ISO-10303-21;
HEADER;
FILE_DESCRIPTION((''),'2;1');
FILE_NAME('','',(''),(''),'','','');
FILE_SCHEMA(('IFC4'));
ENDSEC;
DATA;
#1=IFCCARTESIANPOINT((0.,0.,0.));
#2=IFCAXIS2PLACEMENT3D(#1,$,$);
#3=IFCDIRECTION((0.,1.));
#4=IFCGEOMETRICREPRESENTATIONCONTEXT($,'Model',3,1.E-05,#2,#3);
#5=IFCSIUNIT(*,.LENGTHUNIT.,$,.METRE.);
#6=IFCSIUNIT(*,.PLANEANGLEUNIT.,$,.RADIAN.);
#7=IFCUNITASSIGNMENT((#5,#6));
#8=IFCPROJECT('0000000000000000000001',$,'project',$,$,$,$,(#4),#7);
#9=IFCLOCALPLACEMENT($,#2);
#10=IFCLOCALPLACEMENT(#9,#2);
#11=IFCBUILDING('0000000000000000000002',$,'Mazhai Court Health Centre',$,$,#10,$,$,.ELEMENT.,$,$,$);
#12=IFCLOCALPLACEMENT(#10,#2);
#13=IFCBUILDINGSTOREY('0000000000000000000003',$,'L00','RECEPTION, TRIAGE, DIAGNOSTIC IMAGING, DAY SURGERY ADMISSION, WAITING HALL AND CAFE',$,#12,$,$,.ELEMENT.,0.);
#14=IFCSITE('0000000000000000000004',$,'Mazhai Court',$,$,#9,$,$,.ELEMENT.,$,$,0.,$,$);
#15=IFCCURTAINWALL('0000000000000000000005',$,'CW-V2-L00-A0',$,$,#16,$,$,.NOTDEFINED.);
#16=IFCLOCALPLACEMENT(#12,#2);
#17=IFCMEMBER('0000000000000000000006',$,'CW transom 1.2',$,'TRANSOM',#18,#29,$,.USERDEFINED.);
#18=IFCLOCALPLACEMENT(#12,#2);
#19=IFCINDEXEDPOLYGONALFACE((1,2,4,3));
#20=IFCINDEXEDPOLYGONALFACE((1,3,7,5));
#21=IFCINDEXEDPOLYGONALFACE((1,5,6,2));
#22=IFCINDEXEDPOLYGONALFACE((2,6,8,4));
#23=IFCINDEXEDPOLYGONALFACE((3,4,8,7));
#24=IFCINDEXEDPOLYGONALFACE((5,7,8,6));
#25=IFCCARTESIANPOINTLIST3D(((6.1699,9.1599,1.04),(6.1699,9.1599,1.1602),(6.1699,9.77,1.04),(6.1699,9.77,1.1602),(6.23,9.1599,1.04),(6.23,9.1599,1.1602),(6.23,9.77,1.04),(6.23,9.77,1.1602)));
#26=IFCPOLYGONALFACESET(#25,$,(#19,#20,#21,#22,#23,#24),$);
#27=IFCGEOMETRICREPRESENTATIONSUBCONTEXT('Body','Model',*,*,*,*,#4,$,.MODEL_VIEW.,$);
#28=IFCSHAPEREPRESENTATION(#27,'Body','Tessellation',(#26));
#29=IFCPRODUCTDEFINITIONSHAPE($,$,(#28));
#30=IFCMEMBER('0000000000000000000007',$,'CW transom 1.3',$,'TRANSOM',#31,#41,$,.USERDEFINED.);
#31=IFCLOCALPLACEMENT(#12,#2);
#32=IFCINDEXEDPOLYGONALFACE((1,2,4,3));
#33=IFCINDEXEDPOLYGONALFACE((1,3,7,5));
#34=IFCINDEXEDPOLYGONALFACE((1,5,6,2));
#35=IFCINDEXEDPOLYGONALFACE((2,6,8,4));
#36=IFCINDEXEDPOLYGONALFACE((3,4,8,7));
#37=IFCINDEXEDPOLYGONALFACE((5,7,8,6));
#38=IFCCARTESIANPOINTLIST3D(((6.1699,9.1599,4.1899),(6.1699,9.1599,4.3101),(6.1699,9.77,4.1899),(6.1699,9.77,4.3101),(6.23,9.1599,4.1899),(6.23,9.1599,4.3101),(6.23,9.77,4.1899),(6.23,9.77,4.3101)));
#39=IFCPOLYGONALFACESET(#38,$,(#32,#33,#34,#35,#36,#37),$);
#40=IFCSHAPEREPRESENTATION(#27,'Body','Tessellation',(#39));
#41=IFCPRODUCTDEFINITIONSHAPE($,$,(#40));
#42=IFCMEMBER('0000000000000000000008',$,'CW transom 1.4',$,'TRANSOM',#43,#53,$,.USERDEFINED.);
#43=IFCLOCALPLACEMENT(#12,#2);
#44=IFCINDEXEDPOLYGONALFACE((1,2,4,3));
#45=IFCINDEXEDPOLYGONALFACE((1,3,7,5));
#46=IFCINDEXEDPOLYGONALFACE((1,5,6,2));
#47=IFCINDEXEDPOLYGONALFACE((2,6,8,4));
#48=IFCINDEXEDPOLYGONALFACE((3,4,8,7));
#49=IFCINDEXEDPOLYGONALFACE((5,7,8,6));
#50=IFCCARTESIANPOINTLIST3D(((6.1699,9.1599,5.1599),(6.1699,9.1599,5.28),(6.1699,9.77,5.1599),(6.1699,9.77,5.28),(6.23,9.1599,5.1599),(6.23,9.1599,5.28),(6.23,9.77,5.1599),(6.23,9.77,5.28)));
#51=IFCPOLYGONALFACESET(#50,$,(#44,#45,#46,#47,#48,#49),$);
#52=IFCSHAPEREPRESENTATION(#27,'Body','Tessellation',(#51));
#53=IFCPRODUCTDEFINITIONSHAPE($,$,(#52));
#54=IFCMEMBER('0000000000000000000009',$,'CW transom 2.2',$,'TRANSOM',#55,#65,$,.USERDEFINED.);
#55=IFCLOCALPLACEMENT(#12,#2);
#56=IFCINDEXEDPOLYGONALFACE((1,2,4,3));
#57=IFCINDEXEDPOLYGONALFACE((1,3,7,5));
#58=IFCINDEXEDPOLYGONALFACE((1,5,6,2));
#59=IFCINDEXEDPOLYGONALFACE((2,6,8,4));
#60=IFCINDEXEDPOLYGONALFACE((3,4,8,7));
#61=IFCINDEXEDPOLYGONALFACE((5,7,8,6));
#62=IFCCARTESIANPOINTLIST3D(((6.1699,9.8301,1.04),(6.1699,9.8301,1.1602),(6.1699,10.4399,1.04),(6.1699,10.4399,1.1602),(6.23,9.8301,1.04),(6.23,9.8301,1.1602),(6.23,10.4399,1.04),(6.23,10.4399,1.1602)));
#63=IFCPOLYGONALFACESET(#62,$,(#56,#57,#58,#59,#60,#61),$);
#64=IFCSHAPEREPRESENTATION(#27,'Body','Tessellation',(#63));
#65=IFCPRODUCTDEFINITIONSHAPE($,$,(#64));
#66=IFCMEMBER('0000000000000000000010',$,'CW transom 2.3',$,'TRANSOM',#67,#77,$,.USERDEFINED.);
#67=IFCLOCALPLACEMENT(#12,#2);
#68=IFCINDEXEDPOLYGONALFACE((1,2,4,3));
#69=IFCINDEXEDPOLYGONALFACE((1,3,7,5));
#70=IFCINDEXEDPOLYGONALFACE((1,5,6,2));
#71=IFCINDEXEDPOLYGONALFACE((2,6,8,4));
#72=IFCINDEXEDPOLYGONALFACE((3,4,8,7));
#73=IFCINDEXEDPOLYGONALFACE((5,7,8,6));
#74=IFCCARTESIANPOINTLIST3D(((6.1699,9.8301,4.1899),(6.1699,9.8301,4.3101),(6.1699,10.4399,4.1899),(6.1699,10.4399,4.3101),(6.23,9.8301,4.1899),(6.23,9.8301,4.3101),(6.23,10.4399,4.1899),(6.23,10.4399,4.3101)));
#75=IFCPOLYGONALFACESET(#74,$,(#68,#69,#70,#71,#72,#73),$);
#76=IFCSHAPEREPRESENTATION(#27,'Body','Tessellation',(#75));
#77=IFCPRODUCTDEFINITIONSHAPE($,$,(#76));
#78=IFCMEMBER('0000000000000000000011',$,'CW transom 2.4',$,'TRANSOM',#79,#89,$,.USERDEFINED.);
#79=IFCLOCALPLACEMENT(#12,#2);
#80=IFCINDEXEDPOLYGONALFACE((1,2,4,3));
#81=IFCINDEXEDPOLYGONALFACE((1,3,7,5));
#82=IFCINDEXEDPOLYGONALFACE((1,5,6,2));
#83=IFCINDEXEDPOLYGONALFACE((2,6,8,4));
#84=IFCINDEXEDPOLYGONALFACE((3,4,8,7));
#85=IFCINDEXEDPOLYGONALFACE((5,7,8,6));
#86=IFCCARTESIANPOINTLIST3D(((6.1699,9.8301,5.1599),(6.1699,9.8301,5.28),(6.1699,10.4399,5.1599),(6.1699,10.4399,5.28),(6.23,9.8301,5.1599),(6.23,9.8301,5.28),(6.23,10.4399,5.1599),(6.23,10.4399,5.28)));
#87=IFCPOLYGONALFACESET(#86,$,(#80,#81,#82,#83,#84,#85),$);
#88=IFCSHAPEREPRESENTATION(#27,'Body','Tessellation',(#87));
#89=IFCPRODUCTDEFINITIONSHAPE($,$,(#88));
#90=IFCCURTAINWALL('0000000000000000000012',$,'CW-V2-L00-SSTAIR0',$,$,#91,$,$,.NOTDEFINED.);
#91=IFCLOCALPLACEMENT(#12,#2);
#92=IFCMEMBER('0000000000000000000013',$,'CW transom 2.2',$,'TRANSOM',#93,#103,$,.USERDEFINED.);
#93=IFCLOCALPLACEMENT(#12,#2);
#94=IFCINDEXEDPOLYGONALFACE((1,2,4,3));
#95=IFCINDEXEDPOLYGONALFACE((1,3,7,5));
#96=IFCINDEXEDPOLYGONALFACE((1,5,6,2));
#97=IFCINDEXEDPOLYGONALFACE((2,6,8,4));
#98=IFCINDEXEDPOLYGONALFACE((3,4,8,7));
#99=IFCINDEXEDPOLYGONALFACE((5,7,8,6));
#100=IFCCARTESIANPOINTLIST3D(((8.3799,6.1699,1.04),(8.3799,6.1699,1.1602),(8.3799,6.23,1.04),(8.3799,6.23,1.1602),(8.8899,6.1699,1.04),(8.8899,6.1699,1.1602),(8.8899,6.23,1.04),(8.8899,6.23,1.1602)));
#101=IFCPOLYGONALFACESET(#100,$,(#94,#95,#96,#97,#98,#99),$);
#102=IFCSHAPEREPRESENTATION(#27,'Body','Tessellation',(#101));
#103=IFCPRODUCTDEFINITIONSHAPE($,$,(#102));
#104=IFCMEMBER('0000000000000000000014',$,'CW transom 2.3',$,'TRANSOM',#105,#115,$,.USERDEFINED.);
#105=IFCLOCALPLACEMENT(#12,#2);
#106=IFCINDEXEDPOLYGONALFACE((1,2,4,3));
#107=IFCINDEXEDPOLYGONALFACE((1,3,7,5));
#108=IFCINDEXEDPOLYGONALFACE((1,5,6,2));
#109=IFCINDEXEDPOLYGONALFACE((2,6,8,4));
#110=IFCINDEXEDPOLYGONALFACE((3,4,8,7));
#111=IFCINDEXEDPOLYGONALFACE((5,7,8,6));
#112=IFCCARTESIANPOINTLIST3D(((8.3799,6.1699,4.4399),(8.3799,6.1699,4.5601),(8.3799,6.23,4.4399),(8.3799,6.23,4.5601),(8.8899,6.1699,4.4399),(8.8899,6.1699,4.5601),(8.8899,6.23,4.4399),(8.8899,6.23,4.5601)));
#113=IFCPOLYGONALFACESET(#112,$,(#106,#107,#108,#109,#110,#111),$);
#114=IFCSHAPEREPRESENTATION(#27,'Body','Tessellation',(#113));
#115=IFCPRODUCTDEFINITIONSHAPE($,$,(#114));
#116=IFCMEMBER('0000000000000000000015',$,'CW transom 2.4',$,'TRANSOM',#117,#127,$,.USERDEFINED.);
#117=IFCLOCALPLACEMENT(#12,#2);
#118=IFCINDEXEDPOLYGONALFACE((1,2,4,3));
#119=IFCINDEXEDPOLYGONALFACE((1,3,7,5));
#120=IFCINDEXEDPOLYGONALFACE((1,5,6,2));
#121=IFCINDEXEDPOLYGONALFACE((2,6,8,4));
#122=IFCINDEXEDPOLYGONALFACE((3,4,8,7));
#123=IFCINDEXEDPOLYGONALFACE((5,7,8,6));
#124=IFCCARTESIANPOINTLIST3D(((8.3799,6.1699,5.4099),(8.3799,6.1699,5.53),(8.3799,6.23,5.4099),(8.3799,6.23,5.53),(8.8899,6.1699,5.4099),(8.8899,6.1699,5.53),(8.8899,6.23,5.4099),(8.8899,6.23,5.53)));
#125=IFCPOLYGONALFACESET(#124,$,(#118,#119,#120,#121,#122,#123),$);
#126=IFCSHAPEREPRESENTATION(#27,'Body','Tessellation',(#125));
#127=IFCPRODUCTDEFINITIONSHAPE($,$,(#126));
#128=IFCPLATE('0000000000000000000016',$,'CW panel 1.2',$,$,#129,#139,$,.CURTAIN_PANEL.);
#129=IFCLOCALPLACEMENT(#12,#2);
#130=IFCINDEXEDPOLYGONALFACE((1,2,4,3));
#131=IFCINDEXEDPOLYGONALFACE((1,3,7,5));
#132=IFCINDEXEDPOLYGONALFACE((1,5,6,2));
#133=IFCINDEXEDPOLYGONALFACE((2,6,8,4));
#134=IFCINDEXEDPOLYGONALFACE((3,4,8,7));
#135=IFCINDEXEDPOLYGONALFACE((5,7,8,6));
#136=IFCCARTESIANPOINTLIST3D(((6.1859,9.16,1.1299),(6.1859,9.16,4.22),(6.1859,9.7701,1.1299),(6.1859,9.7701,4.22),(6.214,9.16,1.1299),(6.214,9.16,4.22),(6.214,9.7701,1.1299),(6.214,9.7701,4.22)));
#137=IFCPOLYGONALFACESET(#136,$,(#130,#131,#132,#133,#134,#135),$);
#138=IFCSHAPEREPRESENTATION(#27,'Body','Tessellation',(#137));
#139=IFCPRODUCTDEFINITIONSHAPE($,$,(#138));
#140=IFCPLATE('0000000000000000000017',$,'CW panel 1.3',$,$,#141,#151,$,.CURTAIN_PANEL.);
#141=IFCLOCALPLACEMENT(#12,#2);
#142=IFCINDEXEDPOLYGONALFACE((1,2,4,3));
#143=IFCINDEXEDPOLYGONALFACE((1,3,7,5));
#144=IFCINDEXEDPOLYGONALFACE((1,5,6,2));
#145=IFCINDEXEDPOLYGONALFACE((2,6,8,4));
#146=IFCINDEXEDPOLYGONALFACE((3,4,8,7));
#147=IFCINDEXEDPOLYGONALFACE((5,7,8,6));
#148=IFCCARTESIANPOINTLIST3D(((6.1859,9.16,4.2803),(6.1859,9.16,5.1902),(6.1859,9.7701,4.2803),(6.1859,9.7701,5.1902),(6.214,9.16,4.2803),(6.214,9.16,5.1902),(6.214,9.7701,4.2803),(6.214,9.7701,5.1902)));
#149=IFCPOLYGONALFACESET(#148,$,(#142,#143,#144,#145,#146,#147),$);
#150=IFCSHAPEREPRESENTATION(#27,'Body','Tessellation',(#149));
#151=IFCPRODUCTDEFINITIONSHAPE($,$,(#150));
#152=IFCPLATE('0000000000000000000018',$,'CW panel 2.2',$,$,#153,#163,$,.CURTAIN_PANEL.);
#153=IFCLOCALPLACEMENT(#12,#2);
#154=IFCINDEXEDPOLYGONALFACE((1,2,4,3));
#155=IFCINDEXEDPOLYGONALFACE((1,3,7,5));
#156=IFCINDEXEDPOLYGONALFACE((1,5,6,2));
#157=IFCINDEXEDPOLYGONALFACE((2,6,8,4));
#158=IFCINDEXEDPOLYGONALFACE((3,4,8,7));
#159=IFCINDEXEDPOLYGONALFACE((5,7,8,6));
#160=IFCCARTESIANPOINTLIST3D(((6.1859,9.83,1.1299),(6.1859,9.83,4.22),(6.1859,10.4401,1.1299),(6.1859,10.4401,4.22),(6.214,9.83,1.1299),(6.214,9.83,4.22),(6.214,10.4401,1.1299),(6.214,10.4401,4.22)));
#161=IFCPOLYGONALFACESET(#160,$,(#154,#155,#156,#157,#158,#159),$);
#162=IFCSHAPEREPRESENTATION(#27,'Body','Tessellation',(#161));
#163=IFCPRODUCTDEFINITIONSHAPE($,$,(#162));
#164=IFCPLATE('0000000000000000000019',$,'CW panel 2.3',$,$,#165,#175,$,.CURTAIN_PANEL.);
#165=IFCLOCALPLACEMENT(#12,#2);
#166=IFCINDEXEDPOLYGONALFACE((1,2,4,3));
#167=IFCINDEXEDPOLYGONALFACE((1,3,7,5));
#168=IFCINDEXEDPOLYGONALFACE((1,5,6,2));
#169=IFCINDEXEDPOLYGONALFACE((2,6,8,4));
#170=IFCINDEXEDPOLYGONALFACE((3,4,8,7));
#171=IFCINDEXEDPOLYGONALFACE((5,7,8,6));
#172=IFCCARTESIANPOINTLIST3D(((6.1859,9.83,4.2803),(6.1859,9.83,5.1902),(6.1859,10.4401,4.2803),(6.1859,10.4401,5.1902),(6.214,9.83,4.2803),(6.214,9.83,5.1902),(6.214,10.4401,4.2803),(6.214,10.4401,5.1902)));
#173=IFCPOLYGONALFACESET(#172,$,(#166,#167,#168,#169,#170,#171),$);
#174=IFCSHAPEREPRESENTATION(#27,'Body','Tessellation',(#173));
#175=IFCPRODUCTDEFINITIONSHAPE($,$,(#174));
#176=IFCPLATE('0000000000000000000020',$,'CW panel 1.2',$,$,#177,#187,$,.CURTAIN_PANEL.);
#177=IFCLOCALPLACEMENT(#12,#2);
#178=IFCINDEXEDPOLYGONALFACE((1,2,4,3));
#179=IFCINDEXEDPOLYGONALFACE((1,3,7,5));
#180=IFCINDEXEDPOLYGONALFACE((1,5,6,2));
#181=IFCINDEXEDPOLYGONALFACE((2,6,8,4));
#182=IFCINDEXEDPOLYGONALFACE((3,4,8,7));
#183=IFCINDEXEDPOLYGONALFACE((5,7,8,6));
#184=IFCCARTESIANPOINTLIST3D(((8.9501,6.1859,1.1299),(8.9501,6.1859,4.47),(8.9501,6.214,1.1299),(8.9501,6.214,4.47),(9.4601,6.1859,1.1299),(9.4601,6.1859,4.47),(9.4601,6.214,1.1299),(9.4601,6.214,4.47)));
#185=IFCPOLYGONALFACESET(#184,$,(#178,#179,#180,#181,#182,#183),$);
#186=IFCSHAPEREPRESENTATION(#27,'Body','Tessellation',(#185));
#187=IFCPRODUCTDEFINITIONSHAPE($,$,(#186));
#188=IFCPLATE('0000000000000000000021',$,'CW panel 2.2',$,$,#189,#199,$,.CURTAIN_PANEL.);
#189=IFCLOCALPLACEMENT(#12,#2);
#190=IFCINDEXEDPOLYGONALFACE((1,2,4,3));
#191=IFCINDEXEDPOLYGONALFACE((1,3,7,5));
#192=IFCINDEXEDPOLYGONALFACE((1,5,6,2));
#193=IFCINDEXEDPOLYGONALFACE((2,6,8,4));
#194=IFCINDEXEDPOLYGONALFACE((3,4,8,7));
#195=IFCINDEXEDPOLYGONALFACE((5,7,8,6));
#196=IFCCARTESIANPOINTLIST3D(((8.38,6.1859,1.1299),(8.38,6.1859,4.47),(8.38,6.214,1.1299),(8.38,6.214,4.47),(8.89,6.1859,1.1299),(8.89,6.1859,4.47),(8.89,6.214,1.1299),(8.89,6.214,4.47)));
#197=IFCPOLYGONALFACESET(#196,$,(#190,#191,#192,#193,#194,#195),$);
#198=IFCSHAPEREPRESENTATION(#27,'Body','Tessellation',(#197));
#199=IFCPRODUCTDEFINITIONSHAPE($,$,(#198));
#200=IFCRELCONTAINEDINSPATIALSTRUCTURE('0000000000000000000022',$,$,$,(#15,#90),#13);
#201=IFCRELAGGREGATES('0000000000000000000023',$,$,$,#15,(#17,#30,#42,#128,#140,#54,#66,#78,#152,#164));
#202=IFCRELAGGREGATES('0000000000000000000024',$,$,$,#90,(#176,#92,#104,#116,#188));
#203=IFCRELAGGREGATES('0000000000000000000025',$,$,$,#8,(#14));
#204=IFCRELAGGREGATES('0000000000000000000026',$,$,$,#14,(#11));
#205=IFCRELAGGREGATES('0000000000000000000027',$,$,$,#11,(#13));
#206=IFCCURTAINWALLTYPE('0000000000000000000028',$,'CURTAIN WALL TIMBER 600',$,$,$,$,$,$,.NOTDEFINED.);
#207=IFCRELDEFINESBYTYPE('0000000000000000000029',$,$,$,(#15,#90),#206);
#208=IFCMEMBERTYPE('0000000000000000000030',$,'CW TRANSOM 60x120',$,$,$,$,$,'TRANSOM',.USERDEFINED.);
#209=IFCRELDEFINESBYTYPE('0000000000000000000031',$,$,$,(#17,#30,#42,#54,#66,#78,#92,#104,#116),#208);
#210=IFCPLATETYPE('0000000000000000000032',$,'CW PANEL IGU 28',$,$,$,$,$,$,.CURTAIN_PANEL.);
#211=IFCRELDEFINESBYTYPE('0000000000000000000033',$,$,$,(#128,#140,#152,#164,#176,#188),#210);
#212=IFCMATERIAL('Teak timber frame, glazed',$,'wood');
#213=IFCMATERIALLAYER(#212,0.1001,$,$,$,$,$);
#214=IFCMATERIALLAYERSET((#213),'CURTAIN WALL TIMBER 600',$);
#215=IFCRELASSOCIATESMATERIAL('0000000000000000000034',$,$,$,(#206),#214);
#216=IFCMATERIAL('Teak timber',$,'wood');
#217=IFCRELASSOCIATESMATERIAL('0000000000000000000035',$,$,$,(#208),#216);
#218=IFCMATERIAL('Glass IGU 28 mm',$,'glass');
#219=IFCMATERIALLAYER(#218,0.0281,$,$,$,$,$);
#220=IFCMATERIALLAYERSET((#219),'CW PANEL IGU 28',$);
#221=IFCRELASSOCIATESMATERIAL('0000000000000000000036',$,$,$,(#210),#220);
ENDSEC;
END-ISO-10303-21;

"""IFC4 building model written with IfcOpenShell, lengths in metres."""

from ifc_helpers import new_model, si_unit, direction, frame, origin, origin_2d, place, context, subcontext, project, spatial, rectangle, extrude, material, layer, layer_set, material_profile, profile_set, type_object, element, aggregate, save


model = new_model("IFC4")

# Units and contexts
model_context = context("Model", 3, precision=1e-05, world=origin(), true_north=direction((0.0, 1.0)))
body_context = subcontext(model_context, "Body", "Model", "MODEL_VIEW")
ifc_project = project(units=[si_unit("LENGTHUNIT", "METRE"), si_unit("PLANEANGLEUNIT", "RADIAN")], contexts=[model_context])

# Site, building, storey
site_placement = place(None, origin())
site = spatial("IfcSite", under=ifc_project, at=site_placement, Name="Mazhai Court", CompositionType="ELEMENT", RefElevation=0.0)
building_placement = place(site_placement, origin())
building = spatial("IfcBuilding", under=site, at=building_placement, Name="Mazhai Court Health Centre", CompositionType="ELEMENT")
storey_placement = place(building_placement, origin())
storey = spatial("IfcBuildingStorey", under=building, at=storey_placement, Name="L00", Description="RECEPTION, TRIAGE, DIAGNOSTIC IMAGING, DAY SURGERY ADMISSION, WAITING HALL AND CAFE", CompositionType="ELEMENT", Elevation=0.0)

# Curtain walls, members
ifc_material_1 = material(Name="Teak timber frame, glazed", Category="wood")
ifc_layer_1 = layer(ifc_material_1, 0.1001)
ifc_layer_set_1 = layer_set([ifc_layer_1], Name="CURTAIN WALL TIMBER 600")
curtain_wall_type = type_object("IfcCurtainWallType", Name="CURTAIN WALL TIMBER 600", PredefinedType="NOTDEFINED", material=ifc_layer_set_1)
curtain_wall_1_placement = place(storey_placement, origin())
curtain_wall_1 = element("IfcCurtainWall", 1, at=curtain_wall_1_placement, inside=storey, type_object=curtain_wall_type, Name="CW-V2-L00-A0", PredefinedType="NOTDEFINED")
ifc_material_2 = material(Name="Teak timber", Category="wood")
ifc_material_profile = material_profile(ifc_material_2, rectangle(XDim=0.0601, YDim=0.1201, at=origin_2d()), Name="CW TRANSOM 60x120")
ifc_profile_set = profile_set([ifc_material_profile], Name="Teak timber")
member_type = type_object("IfcMemberType", Name="CW TRANSOM 60x120", ElementType="TRANSOM", PredefinedType="USERDEFINED", material=ifc_profile_set)
member_1_placement = place(storey_placement, frame((6.2, 9.1599, 1.1001), z_axis=(0.0, 1.0, 0.0), x_axis=(-1.0, 0.0, 0.0)))
member_1 = element("IfcMember", 2, at=member_1_placement, type_object=member_type, Name="CW transom 1.2", ObjectType="TRANSOM", PredefinedType="USERDEFINED", context=body_context, shape_type="SweptSolid", body=[
    extrude(rectangle(XDim=0.0601, YDim=0.1201, at=origin_2d()), origin(), (0.0, 0.0, 1.0), 0.6101),
])
member_2_placement = place(storey_placement, frame((6.2, 9.1599, 4.25), z_axis=(0.0, 1.0, 0.0), x_axis=(-1.0, 0.0, 0.0)))
member_2 = element("IfcMember", 3, at=member_2_placement, type_object=member_type, Name="CW transom 1.3", ObjectType="TRANSOM", PredefinedType="USERDEFINED", context=body_context, shape_type="SweptSolid", body=[
    extrude(rectangle(XDim=0.0601, YDim=0.1201, at=origin_2d()), origin(), (0.0, 0.0, 1.0), 0.6101),
])
member_3_placement = place(storey_placement, frame((6.2, 9.1599, 5.22), z_axis=(0.0, 1.0, 0.0), x_axis=(-1.0, 0.0, 0.0)))
member_3 = element("IfcMember", 4, at=member_3_placement, type_object=member_type, Name="CW transom 1.4", ObjectType="TRANSOM", PredefinedType="USERDEFINED", context=body_context, shape_type="SweptSolid", body=[
    extrude(rectangle(XDim=0.0601, YDim=0.1201, at=origin_2d()), origin(), (0.0, 0.0, 1.0), 0.6101),
])
member_4_placement = place(storey_placement, frame((6.2, 9.8301, 1.1001), z_axis=(0.0, 1.0, 0.0), x_axis=(-1.0, 0.0, 0.0)))
member_4 = element("IfcMember", 5, at=member_4_placement, type_object=member_type, Name="CW transom 2.2", ObjectType="TRANSOM", PredefinedType="USERDEFINED", context=body_context, shape_type="SweptSolid", body=[
    extrude(rectangle(XDim=0.0601, YDim=0.1201, at=origin_2d()), origin(), (0.0, 0.0, 1.0), 0.6099),
])
member_5_placement = place(storey_placement, frame((6.2, 9.8301, 4.25), z_axis=(0.0, 1.0, 0.0), x_axis=(-1.0, 0.0, 0.0)))
member_5 = element("IfcMember", 6, at=member_5_placement, type_object=member_type, Name="CW transom 2.3", ObjectType="TRANSOM", PredefinedType="USERDEFINED", context=body_context, shape_type="SweptSolid", body=[
    extrude(rectangle(XDim=0.0601, YDim=0.1201, at=origin_2d()), origin(), (0.0, 0.0, 1.0), 0.6099),
])
member_6_placement = place(storey_placement, frame((6.2, 9.8301, 5.22), z_axis=(0.0, 1.0, 0.0), x_axis=(-1.0, 0.0, 0.0)))
member_6 = element("IfcMember", 7, at=member_6_placement, type_object=member_type, Name="CW transom 2.4", ObjectType="TRANSOM", PredefinedType="USERDEFINED", context=body_context, shape_type="SweptSolid", body=[
    extrude(rectangle(XDim=0.0601, YDim=0.1201, at=origin_2d()), origin(), (0.0, 0.0, 1.0), 0.6099),
])
curtain_wall_2_placement = place(storey_placement, origin())
curtain_wall_2 = element("IfcCurtainWall", 8, at=curtain_wall_2_placement, inside=storey, type_object=curtain_wall_type, Name="CW-V2-L00-SSTAIR0", PredefinedType="NOTDEFINED")
member_7_placement = place(storey_placement, frame((8.8899, 6.2, 1.1001), z_axis=(-1.0, 0.0, 0.0), x_axis=(0.0, -1.0, 0.0)))
member_7 = element("IfcMember", 9, at=member_7_placement, type_object=member_type, Name="CW transom 2.2", ObjectType="TRANSOM", PredefinedType="USERDEFINED", context=body_context, shape_type="SweptSolid", body=[
    extrude(rectangle(XDim=0.0601, YDim=0.1201, at=origin_2d()), origin(), (0.0, 0.0, 1.0), 0.51),
])
member_8_placement = place(storey_placement, frame((8.8899, 6.2, 4.5), z_axis=(-1.0, 0.0, 0.0), x_axis=(0.0, -1.0, 0.0)))
member_8 = element("IfcMember", 10, at=member_8_placement, type_object=member_type, Name="CW transom 2.3", ObjectType="TRANSOM", PredefinedType="USERDEFINED", context=body_context, shape_type="SweptSolid", body=[
    extrude(rectangle(XDim=0.0601, YDim=0.1201, at=origin_2d()), origin(), (0.0, 0.0, 1.0), 0.51),
])
member_9_placement = place(storey_placement, frame((8.8899, 6.2, 5.47), z_axis=(-1.0, 0.0, 0.0), x_axis=(0.0, -1.0, 0.0)))
member_9 = element("IfcMember", 11, at=member_9_placement, type_object=member_type, Name="CW transom 2.4", ObjectType="TRANSOM", PredefinedType="USERDEFINED", context=body_context, shape_type="SweptSolid", body=[
    extrude(rectangle(XDim=0.0601, YDim=0.1201, at=origin_2d()), origin(), (0.0, 0.0, 1.0), 0.51),
])

# Plates
ifc_material_3 = material(Name="Glass IGU 28 mm", Category="glass")
ifc_layer_2 = layer(ifc_material_3, 0.0281)
ifc_layer_set_2 = layer_set([ifc_layer_2], Name="CW PANEL IGU 28")
plate_type = type_object("IfcPlateType", Name="CW PANEL IGU 28", PredefinedType="CURTAIN_PANEL", material=ifc_layer_set_2)
plate_1_placement = place(storey_placement, frame((6.2, 9.4651, 1.1299), z_axis=(0.0, 0.0, 1.0), x_axis=(0.0, 1.0, 0.0)))
plate_1 = element("IfcPlate", 12, at=plate_1_placement, type_object=plate_type, Name="CW panel 1.2", PredefinedType="CURTAIN_PANEL", context=body_context, shape_type="SweptSolid", body=[
    extrude(rectangle(XDim=0.6101, YDim=0.0281, at=origin_2d()), origin(), (0.0, 0.0, 1.0), 3.0901),
])
plate_2_placement = place(storey_placement, frame((6.2, 9.4651, 4.2803), z_axis=(0.0, 0.0, 1.0), x_axis=(0.0, 1.0, 0.0)))
plate_2 = element("IfcPlate", 13, at=plate_2_placement, type_object=plate_type, Name="CW panel 1.3", PredefinedType="CURTAIN_PANEL", context=body_context, shape_type="SweptSolid", body=[
    extrude(rectangle(XDim=0.6101, YDim=0.0281, at=origin_2d()), origin(), (0.0, 0.0, 1.0), 0.9099),
])
plate_3_placement = place(storey_placement, frame((6.2, 10.135, 1.1299), z_axis=(0.0, 0.0, 1.0), x_axis=(0.0, 1.0, 0.0)))
plate_3 = element("IfcPlate", 14, at=plate_3_placement, type_object=plate_type, Name="CW panel 2.2", PredefinedType="CURTAIN_PANEL", context=body_context, shape_type="SweptSolid", body=[
    extrude(rectangle(XDim=0.6101, YDim=0.0281, at=origin_2d()), origin(), (0.0, 0.0, 1.0), 3.0901),
])
plate_4_placement = place(storey_placement, frame((6.2, 10.135, 4.2803), z_axis=(0.0, 0.0, 1.0), x_axis=(0.0, 1.0, 0.0)))
plate_4 = element("IfcPlate", 15, at=plate_4_placement, type_object=plate_type, Name="CW panel 2.3", PredefinedType="CURTAIN_PANEL", context=body_context, shape_type="SweptSolid", body=[
    extrude(rectangle(XDim=0.6101, YDim=0.0281, at=origin_2d()), origin(), (0.0, 0.0, 1.0), 0.9099),
])
aggregate(curtain_wall_1, [member_1, member_2, member_3, plate_1, plate_2, member_4, member_5, member_6, plate_3, plate_4])
plate_5_placement = place(storey_placement, frame((9.2051, 6.2, 1.1299), z_axis=(0.0, 0.0, 1.0), x_axis=(-1.0, 0.0, 0.0)))
plate_5 = element("IfcPlate", 16, at=plate_5_placement, type_object=plate_type, Name="CW panel 1.2", PredefinedType="CURTAIN_PANEL", context=body_context, shape_type="SweptSolid", body=[
    extrude(rectangle(XDim=0.51, YDim=0.0281, at=origin_2d()), origin(), (0.0, 0.0, 1.0), 3.3401),
])
plate_6_placement = place(storey_placement, frame((8.635, 6.2, 1.1299), z_axis=(0.0, 0.0, 1.0), x_axis=(-1.0, 0.0, 0.0)))
plate_6 = element("IfcPlate", 17, at=plate_6_placement, type_object=plate_type, Name="CW panel 2.2", PredefinedType="CURTAIN_PANEL", context=body_context, shape_type="SweptSolid", body=[
    extrude(rectangle(XDim=0.51, YDim=0.0281, at=origin_2d()), origin(), (0.0, 0.0, 1.0), 3.3401),
])
aggregate(curtain_wall_2, [plate_5, member_7, member_8, member_9, plate_6])

save(model, "model.ifc")
